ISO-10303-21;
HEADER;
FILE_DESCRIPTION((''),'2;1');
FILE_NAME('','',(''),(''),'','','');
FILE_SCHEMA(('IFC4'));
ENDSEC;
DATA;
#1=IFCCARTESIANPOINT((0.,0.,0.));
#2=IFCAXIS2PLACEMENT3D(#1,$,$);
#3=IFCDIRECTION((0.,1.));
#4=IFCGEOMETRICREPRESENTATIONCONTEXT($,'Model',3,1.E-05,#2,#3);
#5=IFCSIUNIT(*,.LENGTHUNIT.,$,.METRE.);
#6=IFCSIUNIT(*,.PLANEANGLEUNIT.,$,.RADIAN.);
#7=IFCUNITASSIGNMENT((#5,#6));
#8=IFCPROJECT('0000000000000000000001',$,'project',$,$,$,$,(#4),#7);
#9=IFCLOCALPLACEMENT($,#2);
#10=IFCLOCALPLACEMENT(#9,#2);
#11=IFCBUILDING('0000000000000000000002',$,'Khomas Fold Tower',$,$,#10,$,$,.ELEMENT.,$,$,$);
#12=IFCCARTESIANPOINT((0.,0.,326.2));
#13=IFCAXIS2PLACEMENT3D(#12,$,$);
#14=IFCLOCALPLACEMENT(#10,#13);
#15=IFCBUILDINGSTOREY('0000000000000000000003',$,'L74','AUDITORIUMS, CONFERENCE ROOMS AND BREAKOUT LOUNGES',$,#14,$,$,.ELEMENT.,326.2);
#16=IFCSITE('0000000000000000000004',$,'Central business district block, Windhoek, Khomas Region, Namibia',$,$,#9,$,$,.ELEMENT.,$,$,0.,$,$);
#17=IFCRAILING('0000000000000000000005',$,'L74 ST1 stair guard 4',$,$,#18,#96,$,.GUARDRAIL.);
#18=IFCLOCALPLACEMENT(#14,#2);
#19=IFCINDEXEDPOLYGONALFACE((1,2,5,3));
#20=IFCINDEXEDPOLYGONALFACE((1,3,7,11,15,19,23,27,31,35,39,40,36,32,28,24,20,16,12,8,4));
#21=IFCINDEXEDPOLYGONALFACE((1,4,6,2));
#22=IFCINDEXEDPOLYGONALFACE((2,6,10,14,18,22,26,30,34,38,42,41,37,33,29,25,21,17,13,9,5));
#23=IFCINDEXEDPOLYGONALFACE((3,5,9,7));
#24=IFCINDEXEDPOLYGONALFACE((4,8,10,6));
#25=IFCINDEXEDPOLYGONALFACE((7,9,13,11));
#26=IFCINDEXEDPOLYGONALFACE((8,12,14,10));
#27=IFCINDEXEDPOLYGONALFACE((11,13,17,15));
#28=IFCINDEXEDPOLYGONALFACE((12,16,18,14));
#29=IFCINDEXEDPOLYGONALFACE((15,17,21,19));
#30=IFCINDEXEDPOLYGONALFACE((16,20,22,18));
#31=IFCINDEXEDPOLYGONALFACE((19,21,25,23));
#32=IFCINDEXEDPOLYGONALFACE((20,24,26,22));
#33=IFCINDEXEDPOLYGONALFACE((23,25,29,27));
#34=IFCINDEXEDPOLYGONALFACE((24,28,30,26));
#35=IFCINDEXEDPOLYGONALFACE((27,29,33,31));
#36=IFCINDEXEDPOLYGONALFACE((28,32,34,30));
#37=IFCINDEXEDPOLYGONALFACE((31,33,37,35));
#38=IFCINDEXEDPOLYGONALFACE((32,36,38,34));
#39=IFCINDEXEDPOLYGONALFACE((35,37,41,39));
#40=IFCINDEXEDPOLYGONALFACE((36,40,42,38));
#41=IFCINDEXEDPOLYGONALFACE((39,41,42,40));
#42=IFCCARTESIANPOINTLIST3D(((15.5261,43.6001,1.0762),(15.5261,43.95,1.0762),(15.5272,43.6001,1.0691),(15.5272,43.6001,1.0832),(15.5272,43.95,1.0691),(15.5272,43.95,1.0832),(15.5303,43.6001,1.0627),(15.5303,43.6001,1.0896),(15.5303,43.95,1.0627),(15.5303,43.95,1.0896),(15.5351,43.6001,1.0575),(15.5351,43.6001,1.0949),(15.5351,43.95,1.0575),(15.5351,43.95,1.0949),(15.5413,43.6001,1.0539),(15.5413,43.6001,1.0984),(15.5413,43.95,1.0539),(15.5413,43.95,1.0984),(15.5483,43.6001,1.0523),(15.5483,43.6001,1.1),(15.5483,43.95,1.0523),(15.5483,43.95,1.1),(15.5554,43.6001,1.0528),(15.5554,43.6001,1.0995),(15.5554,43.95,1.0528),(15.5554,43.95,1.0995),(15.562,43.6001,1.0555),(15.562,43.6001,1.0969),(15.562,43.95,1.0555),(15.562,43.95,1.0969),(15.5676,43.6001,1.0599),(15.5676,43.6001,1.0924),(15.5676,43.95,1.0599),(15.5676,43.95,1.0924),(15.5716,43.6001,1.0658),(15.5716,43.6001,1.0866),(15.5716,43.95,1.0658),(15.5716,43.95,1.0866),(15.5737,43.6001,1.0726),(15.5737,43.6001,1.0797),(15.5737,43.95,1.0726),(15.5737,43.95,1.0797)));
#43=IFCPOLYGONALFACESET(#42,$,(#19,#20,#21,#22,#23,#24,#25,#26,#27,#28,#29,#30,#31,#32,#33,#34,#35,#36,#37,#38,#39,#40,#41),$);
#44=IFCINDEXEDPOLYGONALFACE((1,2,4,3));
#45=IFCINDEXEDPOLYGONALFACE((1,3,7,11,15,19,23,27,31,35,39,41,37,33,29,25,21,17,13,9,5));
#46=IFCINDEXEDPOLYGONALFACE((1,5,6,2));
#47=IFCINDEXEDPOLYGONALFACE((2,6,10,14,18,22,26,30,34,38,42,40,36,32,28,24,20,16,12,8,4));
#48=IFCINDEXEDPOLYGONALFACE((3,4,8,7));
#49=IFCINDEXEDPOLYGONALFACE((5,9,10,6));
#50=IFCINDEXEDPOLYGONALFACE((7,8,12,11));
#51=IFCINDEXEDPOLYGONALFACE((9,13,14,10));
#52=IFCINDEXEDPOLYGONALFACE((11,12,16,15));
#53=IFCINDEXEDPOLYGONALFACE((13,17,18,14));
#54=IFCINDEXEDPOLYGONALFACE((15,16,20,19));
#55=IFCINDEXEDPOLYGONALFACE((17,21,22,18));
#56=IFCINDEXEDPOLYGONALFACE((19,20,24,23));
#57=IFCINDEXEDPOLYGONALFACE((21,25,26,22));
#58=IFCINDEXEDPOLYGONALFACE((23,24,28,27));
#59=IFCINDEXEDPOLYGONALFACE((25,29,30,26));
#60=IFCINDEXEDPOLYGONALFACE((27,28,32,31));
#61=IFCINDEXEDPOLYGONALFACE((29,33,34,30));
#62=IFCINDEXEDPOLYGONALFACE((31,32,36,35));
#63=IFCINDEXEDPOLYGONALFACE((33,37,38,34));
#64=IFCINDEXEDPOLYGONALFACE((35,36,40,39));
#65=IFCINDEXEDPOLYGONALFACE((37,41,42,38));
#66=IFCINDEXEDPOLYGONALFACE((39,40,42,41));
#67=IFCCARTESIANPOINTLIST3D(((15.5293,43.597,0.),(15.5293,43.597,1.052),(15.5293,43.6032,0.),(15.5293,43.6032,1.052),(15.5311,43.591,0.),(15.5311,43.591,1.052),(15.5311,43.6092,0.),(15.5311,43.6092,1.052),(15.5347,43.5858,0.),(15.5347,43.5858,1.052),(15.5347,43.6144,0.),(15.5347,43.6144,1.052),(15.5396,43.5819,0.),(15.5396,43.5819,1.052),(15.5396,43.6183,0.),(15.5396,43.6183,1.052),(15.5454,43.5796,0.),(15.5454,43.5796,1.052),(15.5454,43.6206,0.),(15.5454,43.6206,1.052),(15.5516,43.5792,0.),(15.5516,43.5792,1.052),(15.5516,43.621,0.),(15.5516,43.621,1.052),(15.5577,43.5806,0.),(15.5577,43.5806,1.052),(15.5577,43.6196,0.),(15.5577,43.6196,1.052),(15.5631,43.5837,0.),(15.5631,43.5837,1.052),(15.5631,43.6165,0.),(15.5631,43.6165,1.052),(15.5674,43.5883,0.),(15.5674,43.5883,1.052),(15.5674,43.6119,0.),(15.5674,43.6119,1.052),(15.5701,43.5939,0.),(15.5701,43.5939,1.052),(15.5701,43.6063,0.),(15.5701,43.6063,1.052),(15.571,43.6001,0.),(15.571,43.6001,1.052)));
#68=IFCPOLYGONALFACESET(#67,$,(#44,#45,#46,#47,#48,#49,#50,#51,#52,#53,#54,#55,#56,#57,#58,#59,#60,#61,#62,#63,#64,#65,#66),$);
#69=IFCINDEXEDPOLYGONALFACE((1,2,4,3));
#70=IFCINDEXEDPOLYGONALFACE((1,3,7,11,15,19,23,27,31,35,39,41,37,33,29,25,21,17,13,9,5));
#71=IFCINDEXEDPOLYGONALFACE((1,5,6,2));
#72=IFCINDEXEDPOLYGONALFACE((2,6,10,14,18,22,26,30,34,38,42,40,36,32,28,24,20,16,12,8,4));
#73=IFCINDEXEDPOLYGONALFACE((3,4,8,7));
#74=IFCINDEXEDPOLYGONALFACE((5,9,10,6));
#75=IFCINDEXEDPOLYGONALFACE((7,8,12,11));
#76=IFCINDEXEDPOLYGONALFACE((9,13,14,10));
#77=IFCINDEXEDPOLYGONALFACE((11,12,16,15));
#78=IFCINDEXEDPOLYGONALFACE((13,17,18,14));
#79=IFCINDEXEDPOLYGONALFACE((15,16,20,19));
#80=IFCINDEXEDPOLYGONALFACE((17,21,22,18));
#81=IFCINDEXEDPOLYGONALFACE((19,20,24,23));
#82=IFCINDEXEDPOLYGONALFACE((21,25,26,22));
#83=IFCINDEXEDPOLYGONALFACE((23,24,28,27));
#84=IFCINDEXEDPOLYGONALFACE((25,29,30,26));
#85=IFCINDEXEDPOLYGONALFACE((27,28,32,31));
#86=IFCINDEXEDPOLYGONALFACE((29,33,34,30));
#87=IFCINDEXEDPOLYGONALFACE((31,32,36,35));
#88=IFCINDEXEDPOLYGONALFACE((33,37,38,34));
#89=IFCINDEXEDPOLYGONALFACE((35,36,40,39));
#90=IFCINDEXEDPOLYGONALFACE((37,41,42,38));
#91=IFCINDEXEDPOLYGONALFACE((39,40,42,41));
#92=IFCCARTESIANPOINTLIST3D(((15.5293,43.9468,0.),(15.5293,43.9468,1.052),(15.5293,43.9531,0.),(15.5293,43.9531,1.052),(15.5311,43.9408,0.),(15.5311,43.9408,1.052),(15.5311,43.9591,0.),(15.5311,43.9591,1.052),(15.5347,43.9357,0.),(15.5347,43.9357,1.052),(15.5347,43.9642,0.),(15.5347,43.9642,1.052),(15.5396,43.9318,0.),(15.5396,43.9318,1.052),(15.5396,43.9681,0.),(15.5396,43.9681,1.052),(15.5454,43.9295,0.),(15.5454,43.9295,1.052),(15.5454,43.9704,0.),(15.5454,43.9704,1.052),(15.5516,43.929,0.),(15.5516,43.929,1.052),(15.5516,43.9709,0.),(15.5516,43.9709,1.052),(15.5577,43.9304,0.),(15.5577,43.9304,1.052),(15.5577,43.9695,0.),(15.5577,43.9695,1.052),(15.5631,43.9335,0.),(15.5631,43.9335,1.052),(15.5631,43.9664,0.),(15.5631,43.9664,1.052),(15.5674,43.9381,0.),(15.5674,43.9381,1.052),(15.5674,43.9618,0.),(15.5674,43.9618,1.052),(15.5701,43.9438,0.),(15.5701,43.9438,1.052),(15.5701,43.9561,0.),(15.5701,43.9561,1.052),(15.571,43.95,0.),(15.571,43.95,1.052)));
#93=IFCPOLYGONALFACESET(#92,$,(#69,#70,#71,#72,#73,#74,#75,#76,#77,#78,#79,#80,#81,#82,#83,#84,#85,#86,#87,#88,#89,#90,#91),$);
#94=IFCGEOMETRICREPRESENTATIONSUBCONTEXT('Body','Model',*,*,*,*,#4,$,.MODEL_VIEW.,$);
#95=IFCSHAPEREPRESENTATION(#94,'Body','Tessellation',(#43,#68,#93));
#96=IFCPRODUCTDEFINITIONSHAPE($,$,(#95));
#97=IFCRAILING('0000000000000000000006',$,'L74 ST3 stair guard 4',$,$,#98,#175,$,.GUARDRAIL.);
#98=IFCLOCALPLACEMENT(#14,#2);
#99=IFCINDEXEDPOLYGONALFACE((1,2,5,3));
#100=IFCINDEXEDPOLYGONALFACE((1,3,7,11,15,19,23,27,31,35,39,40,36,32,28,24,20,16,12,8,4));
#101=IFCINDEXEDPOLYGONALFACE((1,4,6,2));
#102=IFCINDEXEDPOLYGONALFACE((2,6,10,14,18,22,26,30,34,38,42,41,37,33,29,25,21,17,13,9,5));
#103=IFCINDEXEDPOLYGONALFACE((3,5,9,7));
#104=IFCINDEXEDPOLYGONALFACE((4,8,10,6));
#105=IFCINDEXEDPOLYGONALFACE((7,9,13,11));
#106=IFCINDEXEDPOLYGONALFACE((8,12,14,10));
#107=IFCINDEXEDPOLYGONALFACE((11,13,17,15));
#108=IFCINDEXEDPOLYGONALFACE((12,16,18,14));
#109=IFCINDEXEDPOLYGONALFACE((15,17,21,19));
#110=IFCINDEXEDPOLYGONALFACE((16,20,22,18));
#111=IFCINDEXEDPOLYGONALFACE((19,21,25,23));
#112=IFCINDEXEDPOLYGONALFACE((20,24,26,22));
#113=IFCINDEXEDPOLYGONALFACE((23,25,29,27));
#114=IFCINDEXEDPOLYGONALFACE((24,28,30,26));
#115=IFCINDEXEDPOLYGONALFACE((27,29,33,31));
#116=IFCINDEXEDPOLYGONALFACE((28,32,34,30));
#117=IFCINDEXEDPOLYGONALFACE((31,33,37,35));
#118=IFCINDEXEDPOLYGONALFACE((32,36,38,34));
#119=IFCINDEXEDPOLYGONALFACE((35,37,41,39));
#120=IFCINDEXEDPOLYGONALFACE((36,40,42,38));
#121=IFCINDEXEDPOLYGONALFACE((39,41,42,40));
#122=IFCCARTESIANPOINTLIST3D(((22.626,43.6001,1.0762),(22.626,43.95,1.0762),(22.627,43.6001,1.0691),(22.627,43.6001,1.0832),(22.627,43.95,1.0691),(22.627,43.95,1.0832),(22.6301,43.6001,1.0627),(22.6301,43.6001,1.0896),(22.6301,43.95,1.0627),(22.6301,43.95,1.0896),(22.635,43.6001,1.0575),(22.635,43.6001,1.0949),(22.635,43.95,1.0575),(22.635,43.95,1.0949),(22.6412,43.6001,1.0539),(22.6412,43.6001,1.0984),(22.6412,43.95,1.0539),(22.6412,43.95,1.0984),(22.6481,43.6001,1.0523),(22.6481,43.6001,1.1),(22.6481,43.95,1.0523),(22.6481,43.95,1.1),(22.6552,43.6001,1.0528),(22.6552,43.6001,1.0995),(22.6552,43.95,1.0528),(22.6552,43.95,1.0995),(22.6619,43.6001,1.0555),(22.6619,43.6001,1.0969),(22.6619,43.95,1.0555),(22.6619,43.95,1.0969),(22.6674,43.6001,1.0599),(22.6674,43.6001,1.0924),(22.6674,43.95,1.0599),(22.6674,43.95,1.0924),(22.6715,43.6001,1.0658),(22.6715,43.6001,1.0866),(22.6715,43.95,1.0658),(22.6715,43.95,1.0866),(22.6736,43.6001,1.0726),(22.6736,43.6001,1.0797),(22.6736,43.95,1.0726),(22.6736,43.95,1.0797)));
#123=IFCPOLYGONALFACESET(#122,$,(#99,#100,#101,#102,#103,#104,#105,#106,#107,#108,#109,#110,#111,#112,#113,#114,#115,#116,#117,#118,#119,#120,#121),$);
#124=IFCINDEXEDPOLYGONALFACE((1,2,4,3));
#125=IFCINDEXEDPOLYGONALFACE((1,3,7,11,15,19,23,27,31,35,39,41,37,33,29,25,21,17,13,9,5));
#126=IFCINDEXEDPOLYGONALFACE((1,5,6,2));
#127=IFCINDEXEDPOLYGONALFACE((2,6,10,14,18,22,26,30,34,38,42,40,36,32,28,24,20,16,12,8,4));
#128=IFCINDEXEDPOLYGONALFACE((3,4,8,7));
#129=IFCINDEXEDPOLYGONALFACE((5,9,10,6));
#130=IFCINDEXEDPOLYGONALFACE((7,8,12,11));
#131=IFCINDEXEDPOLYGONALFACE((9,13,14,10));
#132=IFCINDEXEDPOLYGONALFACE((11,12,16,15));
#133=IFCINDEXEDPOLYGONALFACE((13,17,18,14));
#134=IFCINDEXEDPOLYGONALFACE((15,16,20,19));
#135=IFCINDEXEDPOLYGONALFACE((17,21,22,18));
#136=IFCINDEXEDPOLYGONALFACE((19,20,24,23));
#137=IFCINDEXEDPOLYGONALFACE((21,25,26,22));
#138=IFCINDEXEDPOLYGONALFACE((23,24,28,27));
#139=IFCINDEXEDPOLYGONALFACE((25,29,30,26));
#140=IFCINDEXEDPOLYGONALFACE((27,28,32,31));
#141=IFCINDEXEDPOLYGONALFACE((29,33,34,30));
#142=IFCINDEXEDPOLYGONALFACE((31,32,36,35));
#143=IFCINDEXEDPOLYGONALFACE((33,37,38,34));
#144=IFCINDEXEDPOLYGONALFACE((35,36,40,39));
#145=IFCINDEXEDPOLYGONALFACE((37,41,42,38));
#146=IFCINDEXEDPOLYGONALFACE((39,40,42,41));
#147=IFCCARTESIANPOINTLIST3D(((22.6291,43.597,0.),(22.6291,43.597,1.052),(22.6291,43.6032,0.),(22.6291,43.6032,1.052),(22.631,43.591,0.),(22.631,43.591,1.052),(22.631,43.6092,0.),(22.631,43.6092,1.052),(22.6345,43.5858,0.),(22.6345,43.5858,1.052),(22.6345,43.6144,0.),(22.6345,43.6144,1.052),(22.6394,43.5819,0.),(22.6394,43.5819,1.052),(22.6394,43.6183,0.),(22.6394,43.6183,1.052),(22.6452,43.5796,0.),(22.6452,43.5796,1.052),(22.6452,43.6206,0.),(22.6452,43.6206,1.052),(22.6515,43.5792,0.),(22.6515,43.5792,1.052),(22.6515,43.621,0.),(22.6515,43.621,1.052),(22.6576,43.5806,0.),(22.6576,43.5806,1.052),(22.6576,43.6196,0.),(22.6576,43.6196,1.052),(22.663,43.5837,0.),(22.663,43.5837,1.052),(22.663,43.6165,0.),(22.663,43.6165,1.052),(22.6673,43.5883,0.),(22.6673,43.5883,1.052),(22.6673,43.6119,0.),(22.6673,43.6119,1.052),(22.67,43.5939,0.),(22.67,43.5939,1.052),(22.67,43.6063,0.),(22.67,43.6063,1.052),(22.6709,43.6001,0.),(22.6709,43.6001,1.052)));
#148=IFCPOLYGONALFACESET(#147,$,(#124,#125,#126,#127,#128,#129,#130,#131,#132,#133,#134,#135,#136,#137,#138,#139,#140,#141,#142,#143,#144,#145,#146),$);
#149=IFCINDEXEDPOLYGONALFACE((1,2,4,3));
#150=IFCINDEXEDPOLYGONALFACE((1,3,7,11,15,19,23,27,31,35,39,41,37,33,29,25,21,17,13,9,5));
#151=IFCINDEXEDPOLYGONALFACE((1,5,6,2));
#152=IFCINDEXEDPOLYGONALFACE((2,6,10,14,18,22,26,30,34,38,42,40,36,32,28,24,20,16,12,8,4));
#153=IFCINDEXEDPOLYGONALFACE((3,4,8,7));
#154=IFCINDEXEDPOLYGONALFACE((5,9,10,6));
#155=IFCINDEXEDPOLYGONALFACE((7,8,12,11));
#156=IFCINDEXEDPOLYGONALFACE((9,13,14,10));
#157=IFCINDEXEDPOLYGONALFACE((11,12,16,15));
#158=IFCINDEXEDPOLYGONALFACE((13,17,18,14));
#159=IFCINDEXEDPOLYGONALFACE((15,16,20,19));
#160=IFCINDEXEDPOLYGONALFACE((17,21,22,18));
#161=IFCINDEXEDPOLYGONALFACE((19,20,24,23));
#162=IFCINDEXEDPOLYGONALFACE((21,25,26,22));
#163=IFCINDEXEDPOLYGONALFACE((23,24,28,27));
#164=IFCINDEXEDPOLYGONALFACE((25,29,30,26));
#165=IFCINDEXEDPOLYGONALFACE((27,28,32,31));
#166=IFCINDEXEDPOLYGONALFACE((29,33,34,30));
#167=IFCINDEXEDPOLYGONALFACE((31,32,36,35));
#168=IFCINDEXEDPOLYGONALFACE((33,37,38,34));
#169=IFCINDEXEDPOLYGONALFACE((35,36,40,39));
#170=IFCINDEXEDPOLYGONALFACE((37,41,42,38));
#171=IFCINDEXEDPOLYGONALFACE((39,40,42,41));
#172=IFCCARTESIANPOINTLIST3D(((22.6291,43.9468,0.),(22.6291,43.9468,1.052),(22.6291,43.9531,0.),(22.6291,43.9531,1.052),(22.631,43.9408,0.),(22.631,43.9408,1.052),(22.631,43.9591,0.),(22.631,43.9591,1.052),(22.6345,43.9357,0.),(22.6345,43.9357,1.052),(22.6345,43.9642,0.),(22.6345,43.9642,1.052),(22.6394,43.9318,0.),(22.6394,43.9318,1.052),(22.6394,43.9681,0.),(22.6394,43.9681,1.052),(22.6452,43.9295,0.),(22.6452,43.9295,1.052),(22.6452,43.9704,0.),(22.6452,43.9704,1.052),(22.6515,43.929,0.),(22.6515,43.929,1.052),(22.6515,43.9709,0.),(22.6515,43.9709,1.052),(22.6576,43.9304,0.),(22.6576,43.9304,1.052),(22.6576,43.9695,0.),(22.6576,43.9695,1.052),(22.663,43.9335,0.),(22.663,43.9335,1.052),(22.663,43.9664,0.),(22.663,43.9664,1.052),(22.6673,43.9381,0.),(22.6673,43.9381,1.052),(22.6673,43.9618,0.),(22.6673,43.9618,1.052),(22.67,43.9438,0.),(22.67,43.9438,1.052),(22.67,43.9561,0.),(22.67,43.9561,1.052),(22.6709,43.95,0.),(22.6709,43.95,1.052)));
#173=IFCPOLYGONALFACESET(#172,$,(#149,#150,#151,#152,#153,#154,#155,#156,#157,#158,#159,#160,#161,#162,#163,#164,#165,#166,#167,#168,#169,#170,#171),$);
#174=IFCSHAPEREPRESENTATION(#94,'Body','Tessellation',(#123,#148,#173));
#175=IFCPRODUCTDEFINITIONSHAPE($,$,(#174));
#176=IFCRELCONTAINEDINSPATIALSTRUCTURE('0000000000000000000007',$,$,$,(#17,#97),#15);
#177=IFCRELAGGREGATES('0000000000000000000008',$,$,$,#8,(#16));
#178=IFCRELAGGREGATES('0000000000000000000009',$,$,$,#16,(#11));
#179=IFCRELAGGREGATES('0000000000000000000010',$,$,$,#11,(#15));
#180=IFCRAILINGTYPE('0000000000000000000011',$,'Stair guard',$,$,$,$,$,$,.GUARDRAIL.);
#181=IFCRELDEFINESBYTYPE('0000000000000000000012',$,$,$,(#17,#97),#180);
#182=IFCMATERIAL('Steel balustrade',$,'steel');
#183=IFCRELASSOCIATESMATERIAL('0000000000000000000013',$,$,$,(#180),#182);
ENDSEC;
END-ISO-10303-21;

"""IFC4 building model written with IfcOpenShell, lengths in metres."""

from ifc_helpers import new_model, si_unit, direction, frame, origin, origin_2d, place, context, subcontext, project, spatial, circle, extrude, source, transform, mapped, material, type_object, element, save


model = new_model("IFC4")

# Units and contexts
model_context = context("Model", 3, precision=1e-05, world=origin(), true_north=direction((0.0, 1.0)))
body_context = subcontext(model_context, "Body", "Model", "MODEL_VIEW")
ifc_project = project(units=[si_unit("LENGTHUNIT", "METRE"), si_unit("PLANEANGLEUNIT", "RADIAN")], contexts=[model_context])

# Site, building, storey
site_placement = place(None, origin())
site = spatial("IfcSite", under=ifc_project, at=site_placement, Name="Central business district block, Windhoek, Khomas Region, Namibia", CompositionType="ELEMENT", RefElevation=0.0)
building_placement = place(site_placement, origin())
building = spatial("IfcBuilding", under=site, at=building_placement, Name="Khomas Fold Tower", CompositionType="ELEMENT")
storey_placement = place(building_placement, frame((0.0, 0.0, 326.2)))
storey = spatial("IfcBuildingStorey", under=building, at=storey_placement, Name="L74", Description="AUDITORIUMS, CONFERENCE ROOMS AND BREAKOUT LOUNGES", CompositionType="ELEMENT", Elevation=326.2)

# Railings
ifc_material_1 = material(Name="Steel balustrade", Category="steel")
railing_type_1 = type_object("IfcRailingType", Name="Stair guard", PredefinedType="GUARDRAIL", material=ifc_material_1)
shared_shape_1 = source(origin(), body_context, "Body", "SweptSolid", [
    extrude(circle(Radius=0.0239, at=origin_2d()), frame((0.0, 0.0, 1.0762), z_axis=(0.0, 1.0, 0.0), x_axis=(-1.0, 0.0, 0.0)), (0.0, 0.0, 1.0), 0.3499),
    extrude(circle(Radius=0.021, at=origin_2d()), origin(), (0.0, 0.0, 1.0), 1.052),
    extrude(circle(Radius=0.021, at=origin_2d()), frame((0.0, 0.3499, 0.0)), (0.0, 0.0, 1.0), 1.052),
])
for number, where, name in (
    (1, (15.55, 43.6001, 0.0), "L74 ST1 stair guard 4"),
    (2, (22.6499, 43.6001, 0.0), "L74 ST3 stair guard 4"),
):
    element("IfcRailing", number, at=place(storey_placement, frame(where)), inside=storey, type_object=railing_type_1, Name=name, PredefinedType="GUARDRAIL", context=body_context, shape_type="MappedRepresentation", body=[
        mapped(shared_shape_1, transform((0.0, 0.0, 0.0))),
    ])

save(model, "model.ifc")
